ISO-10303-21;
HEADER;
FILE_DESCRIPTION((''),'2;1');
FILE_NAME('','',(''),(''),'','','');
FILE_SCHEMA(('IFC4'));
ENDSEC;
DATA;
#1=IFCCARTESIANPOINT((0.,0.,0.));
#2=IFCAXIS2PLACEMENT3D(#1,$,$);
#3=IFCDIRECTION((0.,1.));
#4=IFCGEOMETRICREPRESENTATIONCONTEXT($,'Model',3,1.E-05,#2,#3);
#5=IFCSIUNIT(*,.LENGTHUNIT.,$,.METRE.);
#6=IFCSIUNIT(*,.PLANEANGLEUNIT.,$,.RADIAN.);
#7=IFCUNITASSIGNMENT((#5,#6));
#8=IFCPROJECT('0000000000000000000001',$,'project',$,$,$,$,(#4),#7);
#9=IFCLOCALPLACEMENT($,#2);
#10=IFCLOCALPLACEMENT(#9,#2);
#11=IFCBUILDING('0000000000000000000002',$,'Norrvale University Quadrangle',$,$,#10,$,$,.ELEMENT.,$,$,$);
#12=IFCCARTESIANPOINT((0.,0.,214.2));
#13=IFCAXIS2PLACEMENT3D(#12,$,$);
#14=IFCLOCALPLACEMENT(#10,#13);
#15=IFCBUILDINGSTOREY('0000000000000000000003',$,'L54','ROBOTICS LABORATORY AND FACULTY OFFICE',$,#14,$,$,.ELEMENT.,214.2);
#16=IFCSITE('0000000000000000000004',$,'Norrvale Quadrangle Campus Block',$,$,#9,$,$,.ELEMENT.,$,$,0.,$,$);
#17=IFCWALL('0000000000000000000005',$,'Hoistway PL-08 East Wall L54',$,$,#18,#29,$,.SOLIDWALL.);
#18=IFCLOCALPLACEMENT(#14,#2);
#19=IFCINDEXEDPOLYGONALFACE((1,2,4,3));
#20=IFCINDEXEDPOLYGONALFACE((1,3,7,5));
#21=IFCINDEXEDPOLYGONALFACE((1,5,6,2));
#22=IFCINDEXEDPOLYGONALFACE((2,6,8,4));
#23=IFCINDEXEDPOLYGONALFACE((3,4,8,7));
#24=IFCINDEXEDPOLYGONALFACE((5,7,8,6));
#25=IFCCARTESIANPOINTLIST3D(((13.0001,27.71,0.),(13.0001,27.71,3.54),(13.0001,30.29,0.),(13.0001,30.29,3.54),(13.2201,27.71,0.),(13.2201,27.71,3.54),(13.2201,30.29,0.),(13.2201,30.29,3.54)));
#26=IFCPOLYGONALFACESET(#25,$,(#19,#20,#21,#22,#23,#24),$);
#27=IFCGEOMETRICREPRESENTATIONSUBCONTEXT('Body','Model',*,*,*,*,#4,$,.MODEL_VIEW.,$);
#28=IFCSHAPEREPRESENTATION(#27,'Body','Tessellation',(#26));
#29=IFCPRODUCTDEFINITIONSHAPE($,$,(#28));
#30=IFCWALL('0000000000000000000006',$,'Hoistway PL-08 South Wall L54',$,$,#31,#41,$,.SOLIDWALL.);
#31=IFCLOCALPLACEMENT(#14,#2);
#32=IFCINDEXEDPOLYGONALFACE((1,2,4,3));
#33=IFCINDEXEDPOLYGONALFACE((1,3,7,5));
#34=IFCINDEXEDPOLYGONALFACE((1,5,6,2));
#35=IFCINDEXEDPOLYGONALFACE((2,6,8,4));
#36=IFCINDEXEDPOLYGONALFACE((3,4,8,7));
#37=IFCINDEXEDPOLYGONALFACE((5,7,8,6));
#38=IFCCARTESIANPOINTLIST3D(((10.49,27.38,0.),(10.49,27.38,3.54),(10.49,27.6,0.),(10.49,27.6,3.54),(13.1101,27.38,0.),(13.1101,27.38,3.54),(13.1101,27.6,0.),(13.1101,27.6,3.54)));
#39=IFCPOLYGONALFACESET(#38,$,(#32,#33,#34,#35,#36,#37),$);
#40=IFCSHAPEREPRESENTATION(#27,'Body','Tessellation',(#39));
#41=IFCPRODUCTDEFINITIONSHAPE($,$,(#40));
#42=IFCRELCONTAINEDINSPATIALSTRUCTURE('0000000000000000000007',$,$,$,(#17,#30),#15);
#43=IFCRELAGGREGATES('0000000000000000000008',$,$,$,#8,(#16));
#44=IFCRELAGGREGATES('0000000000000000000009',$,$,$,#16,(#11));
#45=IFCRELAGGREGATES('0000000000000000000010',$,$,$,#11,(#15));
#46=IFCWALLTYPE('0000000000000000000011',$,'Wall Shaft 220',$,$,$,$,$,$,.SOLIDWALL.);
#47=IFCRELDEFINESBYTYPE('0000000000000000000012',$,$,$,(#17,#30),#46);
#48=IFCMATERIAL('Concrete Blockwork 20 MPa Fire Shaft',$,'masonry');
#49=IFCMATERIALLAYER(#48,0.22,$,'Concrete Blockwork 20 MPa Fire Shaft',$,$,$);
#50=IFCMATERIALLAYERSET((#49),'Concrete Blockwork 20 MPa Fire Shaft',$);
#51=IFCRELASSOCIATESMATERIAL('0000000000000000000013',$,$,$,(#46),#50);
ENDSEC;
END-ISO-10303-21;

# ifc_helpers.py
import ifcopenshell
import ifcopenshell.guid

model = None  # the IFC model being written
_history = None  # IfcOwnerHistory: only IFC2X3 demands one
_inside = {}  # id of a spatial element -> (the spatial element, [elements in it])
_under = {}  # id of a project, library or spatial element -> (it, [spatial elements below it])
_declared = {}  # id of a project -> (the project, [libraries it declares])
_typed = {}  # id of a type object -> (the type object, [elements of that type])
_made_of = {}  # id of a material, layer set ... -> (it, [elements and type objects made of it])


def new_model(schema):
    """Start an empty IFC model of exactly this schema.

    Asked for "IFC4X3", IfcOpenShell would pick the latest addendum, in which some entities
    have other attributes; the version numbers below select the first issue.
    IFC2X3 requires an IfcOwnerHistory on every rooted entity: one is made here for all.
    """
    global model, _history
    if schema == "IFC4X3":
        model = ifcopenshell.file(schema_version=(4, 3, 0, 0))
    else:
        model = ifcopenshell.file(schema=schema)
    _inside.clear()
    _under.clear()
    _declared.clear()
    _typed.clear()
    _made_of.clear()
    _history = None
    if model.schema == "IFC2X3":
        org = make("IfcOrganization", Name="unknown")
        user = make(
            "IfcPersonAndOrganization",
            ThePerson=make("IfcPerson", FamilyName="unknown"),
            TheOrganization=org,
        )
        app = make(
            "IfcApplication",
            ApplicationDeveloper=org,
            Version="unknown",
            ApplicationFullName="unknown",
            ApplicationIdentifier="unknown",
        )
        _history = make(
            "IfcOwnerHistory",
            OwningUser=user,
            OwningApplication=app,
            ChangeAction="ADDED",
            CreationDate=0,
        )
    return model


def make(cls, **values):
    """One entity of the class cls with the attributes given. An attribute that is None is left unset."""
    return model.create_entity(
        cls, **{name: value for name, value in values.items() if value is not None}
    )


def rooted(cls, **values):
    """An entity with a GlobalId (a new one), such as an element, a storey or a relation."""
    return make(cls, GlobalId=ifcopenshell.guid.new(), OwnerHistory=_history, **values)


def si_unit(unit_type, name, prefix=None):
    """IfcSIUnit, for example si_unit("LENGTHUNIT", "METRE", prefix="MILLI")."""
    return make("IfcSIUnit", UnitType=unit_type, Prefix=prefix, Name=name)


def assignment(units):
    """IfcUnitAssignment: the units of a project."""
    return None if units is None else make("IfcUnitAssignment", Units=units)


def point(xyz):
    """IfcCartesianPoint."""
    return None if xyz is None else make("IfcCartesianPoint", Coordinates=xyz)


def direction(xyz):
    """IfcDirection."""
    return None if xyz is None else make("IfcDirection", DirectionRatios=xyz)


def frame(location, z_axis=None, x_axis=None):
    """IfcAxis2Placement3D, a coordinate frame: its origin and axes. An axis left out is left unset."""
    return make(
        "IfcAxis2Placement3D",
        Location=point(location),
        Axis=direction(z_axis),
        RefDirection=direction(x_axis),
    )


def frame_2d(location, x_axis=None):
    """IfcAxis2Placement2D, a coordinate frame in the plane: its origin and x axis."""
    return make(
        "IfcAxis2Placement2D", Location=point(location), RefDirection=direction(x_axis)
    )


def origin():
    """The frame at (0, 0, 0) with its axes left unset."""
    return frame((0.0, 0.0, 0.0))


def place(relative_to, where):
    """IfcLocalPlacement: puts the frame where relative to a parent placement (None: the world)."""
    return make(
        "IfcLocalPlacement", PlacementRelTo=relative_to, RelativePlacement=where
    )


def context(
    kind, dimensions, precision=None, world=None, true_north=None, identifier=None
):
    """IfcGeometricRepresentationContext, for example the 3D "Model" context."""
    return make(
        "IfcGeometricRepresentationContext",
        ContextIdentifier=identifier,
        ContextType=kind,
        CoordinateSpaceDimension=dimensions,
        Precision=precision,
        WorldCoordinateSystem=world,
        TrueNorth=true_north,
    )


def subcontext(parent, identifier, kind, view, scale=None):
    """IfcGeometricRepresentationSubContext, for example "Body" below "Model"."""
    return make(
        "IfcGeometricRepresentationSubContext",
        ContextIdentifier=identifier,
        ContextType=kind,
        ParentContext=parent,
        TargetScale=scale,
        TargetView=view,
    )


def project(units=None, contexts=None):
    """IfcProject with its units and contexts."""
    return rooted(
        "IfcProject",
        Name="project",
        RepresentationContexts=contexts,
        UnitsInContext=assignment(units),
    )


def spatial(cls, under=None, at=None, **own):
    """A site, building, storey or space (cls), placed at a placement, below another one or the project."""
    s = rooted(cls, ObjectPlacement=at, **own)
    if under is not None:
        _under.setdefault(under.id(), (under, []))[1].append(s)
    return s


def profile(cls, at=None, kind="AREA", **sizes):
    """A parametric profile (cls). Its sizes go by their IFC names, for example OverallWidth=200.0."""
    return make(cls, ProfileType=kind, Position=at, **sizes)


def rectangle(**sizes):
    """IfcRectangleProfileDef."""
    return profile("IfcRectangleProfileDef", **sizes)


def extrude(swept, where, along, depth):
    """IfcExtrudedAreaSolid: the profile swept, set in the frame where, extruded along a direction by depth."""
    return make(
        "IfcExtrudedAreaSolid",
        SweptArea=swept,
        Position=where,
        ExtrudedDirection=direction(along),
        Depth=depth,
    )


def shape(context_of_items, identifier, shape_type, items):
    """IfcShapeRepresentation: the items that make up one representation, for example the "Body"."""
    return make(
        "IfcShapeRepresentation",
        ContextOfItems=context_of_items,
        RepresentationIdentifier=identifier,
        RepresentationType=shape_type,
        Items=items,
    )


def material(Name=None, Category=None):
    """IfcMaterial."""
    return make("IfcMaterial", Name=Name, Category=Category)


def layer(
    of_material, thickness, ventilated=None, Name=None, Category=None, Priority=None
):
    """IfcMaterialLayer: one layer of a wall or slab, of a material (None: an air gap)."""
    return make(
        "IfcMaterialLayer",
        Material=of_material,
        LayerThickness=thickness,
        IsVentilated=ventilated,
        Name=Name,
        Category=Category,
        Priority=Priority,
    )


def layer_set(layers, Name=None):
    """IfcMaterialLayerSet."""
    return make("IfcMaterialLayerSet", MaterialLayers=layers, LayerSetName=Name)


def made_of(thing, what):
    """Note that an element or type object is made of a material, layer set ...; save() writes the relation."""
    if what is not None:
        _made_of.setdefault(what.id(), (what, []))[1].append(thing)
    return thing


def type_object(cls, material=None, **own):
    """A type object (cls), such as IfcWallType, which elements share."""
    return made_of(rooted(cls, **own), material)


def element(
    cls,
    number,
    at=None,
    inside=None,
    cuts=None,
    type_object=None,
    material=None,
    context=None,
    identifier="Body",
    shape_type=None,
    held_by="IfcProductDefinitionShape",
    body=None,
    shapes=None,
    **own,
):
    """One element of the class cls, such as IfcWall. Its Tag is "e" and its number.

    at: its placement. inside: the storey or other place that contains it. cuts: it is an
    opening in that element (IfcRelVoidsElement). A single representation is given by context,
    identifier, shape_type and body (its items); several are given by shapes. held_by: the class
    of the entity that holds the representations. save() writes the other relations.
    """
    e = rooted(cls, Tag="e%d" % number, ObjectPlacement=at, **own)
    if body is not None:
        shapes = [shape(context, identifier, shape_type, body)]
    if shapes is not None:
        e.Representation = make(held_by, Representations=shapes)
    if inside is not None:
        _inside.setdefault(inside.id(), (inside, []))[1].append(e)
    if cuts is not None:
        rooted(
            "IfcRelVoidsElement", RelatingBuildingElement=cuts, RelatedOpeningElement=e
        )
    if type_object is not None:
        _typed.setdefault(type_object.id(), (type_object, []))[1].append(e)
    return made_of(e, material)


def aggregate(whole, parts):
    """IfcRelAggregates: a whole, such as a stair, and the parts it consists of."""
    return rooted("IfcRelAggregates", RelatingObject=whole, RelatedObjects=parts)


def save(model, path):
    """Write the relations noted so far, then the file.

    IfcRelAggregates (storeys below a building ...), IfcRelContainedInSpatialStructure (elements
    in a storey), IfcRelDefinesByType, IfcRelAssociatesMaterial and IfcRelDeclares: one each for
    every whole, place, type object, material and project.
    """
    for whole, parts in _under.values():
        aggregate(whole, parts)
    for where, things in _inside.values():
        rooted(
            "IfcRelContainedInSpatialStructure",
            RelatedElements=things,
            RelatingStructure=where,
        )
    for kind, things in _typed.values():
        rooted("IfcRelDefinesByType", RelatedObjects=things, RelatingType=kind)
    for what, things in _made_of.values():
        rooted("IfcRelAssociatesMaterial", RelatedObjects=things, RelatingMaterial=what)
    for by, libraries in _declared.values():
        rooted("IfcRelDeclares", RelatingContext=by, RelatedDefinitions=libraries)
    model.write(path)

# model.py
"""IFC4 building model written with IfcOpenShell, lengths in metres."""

from ifc_helpers import new_model, si_unit, direction, frame, frame_2d, origin, place, context, subcontext, project, spatial, rectangle, extrude, material, layer, layer_set, type_object, element, save


model = new_model("IFC4")

# Units and contexts
model_context = context("Model", 3, precision=1e-05, world=origin(), true_north=direction((0.0, 1.0)))
body_context = subcontext(model_context, "Body", "Model", "MODEL_VIEW")
ifc_project = project(units=[si_unit("LENGTHUNIT", "METRE"), si_unit("PLANEANGLEUNIT", "RADIAN")], contexts=[model_context])

# Site, building, storey
site_placement = place(None, origin())
site = spatial("IfcSite", under=ifc_project, at=site_placement, Name="Norrvale Quadrangle Campus Block", CompositionType="ELEMENT", RefElevation=0.0)
building_placement = place(site_placement, origin())
building = spatial("IfcBuilding", under=site, at=building_placement, Name="Norrvale University Quadrangle", CompositionType="ELEMENT")
storey_placement = place(building_placement, frame((0.0, 0.0, 214.2)))
storey = spatial("IfcBuildingStorey", under=building, at=storey_placement, Name="L54", Description="ROBOTICS LABORATORY AND FACULTY OFFICE", CompositionType="ELEMENT", Elevation=214.2)

# Shared definitions
ifc_material_1 = material(Name="Concrete Blockwork 20 MPa Fire Shaft", Category="masonry")
ifc_layer_1 = layer(ifc_material_1, 0.22, Name="Concrete Blockwork 20 MPa Fire Shaft")
ifc_layer_set_1 = layer_set([ifc_layer_1], Name="Concrete Blockwork 20 MPa Fire Shaft")
wall_type_1 = type_object("IfcWallType", Name="Wall Shaft 220", PredefinedType="SOLIDWALL", material=ifc_layer_set_1)

# Walls
wall_1_placement = place(storey_placement, frame((13.1101, 27.71, 0.0), z_axis=(0.0, 0.0, 1.0), x_axis=(0.0, 1.0, 0.0)))
element("IfcWall", 1, at=wall_1_placement, inside=storey, type_object=wall_type_1, Name="Hoistway PL-08 East Wall L54", PredefinedType="SOLIDWALL", context=body_context, shape_type="SweptSolid", body=[
    extrude(rectangle(XDim=2.5801, YDim=0.22, at=frame_2d((1.29, 0.0))), origin(), (0.0, 0.0, 1.0), 3.54),
])
wall_2_placement = place(storey_placement, frame((10.49, 27.49, 0.0), z_axis=(0.0, 0.0, 1.0), x_axis=(1.0, 0.0, 0.0)))
element("IfcWall", 2, at=wall_2_placement, inside=storey, type_object=wall_type_1, Name="Hoistway PL-08 South Wall L54", PredefinedType="SOLIDWALL", context=body_context, shape_type="SweptSolid", body=[
    extrude(rectangle(XDim=2.6201, YDim=0.22, at=frame_2d((1.3101, 0.0))), origin(), (0.0, 0.0, 1.0), 3.54),
])

save(model, "model.ifc")
